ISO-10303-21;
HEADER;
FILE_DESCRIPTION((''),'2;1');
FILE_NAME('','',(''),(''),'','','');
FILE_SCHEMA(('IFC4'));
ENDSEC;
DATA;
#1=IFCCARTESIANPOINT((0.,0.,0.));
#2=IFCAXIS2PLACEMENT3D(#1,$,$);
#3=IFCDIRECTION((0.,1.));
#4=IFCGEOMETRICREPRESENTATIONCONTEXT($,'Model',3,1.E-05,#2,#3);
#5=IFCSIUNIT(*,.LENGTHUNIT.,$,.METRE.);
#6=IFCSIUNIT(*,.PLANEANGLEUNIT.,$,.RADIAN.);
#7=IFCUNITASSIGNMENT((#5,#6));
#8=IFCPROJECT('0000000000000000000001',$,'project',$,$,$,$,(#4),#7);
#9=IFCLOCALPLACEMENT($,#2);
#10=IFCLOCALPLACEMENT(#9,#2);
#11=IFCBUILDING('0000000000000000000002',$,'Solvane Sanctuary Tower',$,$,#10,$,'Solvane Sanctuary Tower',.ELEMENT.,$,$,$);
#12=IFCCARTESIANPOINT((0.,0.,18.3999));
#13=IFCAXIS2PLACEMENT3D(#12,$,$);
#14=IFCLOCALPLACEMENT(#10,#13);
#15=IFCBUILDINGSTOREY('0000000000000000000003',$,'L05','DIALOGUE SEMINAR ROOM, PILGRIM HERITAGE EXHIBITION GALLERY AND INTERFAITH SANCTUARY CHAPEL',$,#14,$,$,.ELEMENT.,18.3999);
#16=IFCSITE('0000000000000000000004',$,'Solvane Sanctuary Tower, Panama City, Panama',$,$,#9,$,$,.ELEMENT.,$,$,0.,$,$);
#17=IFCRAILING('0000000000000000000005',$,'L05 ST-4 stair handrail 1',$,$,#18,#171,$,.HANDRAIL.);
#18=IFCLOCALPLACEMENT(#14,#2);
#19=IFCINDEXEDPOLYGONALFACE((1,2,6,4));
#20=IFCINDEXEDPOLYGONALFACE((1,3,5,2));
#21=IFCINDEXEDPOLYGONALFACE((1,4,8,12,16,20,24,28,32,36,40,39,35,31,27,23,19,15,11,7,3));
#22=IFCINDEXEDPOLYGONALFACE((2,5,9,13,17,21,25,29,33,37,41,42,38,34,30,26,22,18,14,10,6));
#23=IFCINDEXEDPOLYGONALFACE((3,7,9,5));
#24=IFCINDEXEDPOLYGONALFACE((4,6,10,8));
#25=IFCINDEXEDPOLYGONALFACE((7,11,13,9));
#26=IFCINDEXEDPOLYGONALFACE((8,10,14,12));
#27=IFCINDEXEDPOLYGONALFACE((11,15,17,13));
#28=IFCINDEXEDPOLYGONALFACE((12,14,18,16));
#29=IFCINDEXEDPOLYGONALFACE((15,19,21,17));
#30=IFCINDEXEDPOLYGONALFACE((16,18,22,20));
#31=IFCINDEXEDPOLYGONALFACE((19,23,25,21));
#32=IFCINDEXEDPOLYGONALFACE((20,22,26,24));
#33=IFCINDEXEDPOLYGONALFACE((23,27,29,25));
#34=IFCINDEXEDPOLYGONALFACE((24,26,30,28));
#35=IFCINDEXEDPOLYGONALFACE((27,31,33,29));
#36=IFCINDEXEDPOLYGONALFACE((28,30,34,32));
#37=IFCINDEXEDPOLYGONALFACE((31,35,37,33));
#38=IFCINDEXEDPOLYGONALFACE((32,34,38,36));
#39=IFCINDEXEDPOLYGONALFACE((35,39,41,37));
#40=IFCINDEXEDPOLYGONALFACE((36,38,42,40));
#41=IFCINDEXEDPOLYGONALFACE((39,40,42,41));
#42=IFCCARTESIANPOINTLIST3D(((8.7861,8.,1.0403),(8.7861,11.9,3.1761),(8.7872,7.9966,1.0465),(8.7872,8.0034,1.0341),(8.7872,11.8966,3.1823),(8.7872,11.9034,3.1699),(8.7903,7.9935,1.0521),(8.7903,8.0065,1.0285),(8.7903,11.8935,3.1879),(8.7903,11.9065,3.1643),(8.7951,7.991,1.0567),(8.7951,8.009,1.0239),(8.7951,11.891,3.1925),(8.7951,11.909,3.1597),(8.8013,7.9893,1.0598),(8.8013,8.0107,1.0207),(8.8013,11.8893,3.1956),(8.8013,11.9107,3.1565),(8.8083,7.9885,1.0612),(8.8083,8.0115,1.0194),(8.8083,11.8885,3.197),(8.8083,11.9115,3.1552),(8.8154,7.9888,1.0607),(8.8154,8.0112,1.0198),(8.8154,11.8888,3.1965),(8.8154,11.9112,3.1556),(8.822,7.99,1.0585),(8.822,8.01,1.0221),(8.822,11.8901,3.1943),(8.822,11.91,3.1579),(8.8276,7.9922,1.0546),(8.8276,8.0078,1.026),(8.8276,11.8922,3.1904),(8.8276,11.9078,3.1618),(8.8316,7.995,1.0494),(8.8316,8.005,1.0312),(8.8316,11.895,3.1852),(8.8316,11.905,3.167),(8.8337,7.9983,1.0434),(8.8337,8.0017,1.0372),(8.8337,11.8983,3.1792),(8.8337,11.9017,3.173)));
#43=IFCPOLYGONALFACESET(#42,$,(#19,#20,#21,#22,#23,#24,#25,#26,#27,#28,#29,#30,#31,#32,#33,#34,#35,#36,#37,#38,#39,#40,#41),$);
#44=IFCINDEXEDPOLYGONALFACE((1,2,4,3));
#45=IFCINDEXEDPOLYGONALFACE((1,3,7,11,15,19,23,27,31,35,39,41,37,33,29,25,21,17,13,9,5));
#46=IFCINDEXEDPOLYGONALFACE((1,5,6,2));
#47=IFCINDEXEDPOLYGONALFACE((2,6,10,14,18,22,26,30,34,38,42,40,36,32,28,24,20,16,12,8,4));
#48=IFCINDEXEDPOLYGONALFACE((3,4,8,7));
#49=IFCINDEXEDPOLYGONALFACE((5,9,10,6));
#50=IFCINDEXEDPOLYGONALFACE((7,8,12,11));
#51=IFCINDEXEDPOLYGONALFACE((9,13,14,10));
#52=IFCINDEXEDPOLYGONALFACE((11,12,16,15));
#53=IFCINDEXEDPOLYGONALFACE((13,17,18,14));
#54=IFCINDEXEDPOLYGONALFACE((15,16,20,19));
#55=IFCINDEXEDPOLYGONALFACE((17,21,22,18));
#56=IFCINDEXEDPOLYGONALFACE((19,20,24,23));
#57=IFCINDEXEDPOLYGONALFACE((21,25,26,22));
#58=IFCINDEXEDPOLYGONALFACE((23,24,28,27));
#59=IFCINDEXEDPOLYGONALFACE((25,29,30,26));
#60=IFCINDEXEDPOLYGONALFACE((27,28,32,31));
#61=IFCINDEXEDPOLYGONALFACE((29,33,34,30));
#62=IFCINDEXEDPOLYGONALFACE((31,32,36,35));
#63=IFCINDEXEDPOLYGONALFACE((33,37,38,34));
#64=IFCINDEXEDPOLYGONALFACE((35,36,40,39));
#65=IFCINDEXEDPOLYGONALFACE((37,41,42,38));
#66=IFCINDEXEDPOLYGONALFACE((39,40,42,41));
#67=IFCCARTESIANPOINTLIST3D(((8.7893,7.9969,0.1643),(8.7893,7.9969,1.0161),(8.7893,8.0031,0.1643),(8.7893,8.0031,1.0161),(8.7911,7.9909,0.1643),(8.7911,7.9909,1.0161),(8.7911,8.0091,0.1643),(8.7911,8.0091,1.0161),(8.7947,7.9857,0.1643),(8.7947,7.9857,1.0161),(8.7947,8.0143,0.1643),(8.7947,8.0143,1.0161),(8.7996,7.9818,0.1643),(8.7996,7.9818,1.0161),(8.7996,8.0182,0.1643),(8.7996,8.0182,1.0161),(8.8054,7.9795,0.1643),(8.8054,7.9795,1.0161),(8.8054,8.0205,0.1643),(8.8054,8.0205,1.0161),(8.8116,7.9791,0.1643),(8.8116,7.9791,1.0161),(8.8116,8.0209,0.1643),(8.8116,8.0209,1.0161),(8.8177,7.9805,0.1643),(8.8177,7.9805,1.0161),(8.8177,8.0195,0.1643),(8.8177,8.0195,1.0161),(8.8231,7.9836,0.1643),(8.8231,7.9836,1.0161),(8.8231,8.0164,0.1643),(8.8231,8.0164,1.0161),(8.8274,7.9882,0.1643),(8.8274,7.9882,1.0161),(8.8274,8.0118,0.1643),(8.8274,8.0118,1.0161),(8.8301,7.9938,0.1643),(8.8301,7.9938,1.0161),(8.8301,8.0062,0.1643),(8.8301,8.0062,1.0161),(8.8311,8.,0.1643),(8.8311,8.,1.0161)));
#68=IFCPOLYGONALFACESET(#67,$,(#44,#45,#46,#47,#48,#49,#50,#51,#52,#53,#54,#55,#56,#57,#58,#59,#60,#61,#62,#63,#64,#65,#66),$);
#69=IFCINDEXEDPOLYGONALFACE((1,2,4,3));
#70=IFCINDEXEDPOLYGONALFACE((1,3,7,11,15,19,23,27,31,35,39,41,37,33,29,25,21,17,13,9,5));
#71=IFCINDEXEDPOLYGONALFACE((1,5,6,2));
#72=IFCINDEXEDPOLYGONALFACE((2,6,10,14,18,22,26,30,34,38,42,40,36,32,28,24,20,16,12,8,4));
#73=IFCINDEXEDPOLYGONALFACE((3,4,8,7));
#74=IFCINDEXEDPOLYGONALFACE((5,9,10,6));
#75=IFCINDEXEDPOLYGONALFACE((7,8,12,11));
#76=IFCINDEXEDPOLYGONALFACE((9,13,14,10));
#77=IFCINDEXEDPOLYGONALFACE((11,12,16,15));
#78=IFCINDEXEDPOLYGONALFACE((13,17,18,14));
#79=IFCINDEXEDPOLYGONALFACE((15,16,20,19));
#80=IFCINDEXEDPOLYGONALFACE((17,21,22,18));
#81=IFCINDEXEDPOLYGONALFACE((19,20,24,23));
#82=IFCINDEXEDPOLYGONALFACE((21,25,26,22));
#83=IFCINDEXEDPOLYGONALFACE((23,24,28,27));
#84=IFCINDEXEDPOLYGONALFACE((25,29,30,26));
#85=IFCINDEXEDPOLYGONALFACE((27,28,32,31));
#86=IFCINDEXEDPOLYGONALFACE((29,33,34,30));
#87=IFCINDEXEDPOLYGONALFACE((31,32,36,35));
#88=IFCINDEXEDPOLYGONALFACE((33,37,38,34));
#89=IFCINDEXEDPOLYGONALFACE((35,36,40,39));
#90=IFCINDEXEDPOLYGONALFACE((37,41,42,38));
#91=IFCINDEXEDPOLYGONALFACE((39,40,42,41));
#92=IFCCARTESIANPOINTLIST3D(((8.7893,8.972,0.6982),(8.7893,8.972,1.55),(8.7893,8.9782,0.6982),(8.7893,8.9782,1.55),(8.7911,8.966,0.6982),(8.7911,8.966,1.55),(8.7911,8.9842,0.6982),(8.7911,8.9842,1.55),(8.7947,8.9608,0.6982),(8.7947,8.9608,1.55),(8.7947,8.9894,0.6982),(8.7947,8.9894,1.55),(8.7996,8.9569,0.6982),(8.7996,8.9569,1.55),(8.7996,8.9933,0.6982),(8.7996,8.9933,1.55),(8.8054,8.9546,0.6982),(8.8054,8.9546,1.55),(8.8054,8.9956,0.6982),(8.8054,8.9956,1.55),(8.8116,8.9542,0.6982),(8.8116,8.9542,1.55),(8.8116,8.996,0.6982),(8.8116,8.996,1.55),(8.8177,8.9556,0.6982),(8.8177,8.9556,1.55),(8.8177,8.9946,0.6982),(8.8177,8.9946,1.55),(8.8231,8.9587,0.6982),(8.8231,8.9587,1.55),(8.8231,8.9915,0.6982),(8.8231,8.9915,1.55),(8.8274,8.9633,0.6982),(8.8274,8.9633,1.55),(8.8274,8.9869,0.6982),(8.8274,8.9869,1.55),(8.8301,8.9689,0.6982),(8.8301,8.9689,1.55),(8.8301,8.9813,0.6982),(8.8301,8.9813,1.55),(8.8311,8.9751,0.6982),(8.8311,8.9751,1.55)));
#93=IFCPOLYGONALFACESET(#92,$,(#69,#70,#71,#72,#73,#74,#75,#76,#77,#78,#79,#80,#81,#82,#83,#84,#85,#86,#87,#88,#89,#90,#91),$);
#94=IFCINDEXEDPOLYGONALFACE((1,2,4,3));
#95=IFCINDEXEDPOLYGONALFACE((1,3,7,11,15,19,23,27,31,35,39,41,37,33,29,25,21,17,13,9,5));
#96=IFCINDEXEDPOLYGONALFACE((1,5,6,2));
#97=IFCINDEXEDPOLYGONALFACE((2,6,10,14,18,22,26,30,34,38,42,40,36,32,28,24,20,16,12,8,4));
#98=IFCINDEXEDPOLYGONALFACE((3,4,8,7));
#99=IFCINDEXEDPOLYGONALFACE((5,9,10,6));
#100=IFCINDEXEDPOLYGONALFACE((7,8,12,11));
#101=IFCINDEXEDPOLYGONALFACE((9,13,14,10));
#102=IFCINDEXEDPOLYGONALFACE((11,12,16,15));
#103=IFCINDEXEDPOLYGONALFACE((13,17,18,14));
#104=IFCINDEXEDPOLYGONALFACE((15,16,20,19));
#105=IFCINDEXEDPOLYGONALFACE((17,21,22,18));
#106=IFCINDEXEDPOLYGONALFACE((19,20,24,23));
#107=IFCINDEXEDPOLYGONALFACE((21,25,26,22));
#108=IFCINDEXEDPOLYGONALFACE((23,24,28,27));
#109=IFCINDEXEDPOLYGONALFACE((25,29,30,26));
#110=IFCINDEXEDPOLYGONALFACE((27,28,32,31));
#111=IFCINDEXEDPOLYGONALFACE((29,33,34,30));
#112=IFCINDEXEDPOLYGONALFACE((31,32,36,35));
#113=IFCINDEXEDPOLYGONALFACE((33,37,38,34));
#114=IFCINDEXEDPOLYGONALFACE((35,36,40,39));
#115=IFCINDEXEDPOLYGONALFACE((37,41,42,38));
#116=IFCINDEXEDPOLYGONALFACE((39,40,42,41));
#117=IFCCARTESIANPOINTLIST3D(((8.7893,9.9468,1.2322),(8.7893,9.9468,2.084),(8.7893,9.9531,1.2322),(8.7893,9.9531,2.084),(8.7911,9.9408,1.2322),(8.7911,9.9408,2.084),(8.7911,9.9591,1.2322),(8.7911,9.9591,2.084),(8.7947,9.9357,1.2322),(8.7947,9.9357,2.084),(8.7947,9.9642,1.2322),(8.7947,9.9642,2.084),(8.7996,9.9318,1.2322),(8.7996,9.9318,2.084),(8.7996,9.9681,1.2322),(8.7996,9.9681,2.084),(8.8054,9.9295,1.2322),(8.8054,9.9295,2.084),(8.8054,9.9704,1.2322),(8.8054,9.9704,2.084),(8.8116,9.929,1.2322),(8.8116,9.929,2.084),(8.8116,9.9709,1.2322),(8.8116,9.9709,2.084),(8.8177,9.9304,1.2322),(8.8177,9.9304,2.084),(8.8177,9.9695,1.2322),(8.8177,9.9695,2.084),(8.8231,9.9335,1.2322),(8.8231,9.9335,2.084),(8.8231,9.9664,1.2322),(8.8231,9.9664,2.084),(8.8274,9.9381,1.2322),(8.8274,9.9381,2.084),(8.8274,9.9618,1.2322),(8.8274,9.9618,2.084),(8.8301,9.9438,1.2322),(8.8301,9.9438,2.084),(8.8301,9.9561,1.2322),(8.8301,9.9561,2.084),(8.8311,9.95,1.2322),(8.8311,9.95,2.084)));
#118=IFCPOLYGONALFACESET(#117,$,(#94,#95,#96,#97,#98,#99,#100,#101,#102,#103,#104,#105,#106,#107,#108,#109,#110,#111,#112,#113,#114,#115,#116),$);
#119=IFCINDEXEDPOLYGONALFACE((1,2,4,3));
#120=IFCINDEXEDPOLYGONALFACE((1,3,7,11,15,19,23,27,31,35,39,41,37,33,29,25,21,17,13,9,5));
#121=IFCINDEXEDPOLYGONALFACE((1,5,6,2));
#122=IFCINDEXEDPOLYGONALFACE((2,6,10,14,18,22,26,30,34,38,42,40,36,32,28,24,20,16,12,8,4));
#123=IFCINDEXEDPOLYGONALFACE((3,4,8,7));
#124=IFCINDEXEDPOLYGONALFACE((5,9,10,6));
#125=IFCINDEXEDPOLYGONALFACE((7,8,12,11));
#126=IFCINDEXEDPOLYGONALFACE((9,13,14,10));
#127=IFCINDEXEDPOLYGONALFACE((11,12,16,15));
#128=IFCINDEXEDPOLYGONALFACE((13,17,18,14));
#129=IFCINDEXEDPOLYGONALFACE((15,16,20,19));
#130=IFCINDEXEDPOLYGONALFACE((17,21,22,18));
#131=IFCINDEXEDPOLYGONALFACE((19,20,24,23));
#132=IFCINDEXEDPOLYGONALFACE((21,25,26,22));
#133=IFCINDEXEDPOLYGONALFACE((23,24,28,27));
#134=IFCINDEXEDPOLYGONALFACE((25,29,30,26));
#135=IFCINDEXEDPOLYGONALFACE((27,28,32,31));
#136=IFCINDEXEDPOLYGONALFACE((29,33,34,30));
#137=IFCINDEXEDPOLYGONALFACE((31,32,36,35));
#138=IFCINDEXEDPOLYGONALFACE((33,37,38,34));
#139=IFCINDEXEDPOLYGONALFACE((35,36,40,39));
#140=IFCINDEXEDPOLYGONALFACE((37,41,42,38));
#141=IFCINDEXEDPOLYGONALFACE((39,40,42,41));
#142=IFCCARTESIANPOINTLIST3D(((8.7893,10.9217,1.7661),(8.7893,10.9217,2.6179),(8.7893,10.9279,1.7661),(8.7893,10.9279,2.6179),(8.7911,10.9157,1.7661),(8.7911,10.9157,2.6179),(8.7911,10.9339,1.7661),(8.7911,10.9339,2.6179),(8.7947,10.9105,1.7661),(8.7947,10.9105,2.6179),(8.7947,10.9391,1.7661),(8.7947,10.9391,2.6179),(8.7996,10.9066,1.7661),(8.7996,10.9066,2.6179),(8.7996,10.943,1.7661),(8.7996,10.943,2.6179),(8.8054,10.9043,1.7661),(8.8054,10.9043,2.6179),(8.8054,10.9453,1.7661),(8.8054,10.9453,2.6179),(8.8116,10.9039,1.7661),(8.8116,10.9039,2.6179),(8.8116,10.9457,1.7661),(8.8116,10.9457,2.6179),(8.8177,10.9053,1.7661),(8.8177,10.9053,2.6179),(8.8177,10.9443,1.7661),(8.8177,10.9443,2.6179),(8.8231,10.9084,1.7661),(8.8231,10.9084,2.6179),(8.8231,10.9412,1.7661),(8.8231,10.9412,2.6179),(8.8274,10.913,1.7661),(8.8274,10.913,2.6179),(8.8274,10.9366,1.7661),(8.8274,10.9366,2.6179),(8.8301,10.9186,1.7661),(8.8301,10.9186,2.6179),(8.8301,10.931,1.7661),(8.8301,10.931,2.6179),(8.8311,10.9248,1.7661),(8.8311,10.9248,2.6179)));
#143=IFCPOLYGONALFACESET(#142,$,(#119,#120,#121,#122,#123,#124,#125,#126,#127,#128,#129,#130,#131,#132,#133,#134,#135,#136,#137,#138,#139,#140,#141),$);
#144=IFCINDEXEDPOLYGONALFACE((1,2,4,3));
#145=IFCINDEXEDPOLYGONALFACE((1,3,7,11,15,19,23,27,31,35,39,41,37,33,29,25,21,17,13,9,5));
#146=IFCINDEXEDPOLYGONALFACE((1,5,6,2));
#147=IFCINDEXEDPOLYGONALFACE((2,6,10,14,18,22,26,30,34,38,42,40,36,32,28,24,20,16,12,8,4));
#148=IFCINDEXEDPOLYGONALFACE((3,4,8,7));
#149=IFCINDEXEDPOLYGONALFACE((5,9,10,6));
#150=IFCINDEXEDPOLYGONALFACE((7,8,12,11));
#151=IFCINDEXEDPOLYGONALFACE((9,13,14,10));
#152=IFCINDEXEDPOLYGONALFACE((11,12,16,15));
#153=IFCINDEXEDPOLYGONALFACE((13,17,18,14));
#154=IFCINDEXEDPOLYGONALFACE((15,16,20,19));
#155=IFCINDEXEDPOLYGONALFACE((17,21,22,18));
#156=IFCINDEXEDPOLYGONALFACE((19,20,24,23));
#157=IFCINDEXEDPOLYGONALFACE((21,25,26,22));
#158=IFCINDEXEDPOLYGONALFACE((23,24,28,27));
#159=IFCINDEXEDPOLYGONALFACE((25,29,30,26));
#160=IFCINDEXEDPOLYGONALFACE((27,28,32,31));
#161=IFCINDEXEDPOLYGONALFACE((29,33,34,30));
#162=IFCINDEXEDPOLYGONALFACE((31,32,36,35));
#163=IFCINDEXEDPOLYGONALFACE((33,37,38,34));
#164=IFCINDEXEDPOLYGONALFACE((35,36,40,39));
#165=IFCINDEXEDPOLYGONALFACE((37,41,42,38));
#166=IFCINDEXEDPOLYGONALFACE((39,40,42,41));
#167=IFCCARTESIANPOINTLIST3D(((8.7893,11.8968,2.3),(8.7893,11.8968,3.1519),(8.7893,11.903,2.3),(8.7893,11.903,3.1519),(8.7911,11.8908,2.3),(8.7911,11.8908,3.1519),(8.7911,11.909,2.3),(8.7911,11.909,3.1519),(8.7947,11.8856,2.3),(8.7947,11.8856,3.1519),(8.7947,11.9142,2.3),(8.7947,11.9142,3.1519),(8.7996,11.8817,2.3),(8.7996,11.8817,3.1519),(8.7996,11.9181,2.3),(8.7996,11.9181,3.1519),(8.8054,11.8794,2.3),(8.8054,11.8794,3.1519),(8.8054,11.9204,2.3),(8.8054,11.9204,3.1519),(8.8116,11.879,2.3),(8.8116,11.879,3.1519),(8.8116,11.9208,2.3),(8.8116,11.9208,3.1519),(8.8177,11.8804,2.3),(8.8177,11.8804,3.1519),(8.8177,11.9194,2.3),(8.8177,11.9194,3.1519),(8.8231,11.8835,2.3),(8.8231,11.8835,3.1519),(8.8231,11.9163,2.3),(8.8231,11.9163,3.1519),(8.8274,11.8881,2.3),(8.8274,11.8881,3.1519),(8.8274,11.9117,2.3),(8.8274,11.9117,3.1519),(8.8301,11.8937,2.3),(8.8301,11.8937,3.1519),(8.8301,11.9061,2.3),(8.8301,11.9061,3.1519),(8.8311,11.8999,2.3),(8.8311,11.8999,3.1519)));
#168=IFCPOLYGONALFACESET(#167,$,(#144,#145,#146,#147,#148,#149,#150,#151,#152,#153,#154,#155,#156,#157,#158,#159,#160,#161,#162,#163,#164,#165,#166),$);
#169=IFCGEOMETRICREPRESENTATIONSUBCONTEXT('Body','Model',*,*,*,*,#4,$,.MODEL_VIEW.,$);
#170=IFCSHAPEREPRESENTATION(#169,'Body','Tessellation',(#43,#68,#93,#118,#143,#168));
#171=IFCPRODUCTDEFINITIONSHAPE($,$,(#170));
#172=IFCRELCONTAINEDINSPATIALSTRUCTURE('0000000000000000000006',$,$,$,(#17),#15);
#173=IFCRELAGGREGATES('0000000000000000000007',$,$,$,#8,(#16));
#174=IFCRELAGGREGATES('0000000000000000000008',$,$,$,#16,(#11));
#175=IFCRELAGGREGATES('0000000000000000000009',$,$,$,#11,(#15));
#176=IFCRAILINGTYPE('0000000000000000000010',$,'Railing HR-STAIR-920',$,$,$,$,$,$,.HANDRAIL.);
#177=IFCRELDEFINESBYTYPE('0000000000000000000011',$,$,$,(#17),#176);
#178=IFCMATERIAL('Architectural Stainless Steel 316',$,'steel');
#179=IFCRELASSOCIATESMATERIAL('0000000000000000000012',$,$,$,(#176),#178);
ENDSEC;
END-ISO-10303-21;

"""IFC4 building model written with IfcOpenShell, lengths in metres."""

from ifc_helpers import new_model, si_unit, direction, frame, origin, origin_2d, place, context, subcontext, project, spatial, circle, extrude, material, type_object, element, save


model = new_model("IFC4")

# Units and contexts
model_context = context("Model", 3, precision=1e-05, world=origin(), true_north=direction((0.0, 1.0)))
body_context = subcontext(model_context, "Body", "Model", "MODEL_VIEW")
ifc_project = project(units=[si_unit("LENGTHUNIT", "METRE"), si_unit("PLANEANGLEUNIT", "RADIAN")], contexts=[model_context])

# Site, building, storey
site_placement = place(None, origin())
site = spatial("IfcSite", under=ifc_project, at=site_placement, Name="Solvane Sanctuary Tower, Panama City, Panama", CompositionType="ELEMENT", RefElevation=0.0)
building_placement = place(site_placement, origin())
building = spatial("IfcBuilding", under=site, at=building_placement, Name="Solvane Sanctuary Tower", LongName="Solvane Sanctuary Tower", CompositionType="ELEMENT")
storey_placement = place(building_placement, frame((0.0, 0.0, 18.3999)))
storey = spatial("IfcBuildingStorey", under=building, at=storey_placement, Name="L05", Description="DIALOGUE SEMINAR ROOM, PILGRIM HERITAGE EXHIBITION GALLERY AND INTERFAITH SANCTUARY CHAPEL", CompositionType="ELEMENT", Elevation=18.3999)

# Shared definitions
ifc_material_1 = material(Name="Architectural Stainless Steel 316", Category="steel")

# Railing
railing_type_1 = type_object("IfcRailingType", Name="Railing HR-STAIR-920", PredefinedType="HANDRAIL", material=ifc_material_1)
railing_1_placement = place(storey_placement, frame((8.8101, 8.0, 0.1643)))
element("IfcRailing", 1, at=railing_1_placement, inside=storey, type_object=railing_type_1, Name="L05 ST-4 stair handrail 1", PredefinedType="HANDRAIL", context=body_context, shape_type="SweptSolid", body=[
    extrude(circle(Radius=0.0239, at=origin_2d()), frame((0.0, 0.0, 0.876), z_axis=(0.0, 0.877089, 0.480329), x_axis=(-1.0, 0.0, 0.0)), (0.0, 0.0, 1.0), 4.4465),
    extrude(circle(Radius=0.021, at=origin_2d()), origin(), (0.0, 0.0, 1.0), 0.8518),
    extrude(circle(Radius=0.021, at=origin_2d()), frame((0.0, 0.9751, 0.5339)), (0.0, 0.0, 1.0), 0.8518),
    extrude(circle(Radius=0.021, at=origin_2d()), frame((0.0, 1.95, 1.0679)), (0.0, 0.0, 1.0), 0.8518),
    extrude(circle(Radius=0.021, at=origin_2d()), frame((0.0, 2.9248, 1.6018)), (0.0, 0.0, 1.0), 0.8518),
    extrude(circle(Radius=0.021, at=origin_2d()), frame((0.0, 3.8999, 2.1357)), (0.0, 0.0, 1.0), 0.8518),
])

save(model, "model.ifc")
